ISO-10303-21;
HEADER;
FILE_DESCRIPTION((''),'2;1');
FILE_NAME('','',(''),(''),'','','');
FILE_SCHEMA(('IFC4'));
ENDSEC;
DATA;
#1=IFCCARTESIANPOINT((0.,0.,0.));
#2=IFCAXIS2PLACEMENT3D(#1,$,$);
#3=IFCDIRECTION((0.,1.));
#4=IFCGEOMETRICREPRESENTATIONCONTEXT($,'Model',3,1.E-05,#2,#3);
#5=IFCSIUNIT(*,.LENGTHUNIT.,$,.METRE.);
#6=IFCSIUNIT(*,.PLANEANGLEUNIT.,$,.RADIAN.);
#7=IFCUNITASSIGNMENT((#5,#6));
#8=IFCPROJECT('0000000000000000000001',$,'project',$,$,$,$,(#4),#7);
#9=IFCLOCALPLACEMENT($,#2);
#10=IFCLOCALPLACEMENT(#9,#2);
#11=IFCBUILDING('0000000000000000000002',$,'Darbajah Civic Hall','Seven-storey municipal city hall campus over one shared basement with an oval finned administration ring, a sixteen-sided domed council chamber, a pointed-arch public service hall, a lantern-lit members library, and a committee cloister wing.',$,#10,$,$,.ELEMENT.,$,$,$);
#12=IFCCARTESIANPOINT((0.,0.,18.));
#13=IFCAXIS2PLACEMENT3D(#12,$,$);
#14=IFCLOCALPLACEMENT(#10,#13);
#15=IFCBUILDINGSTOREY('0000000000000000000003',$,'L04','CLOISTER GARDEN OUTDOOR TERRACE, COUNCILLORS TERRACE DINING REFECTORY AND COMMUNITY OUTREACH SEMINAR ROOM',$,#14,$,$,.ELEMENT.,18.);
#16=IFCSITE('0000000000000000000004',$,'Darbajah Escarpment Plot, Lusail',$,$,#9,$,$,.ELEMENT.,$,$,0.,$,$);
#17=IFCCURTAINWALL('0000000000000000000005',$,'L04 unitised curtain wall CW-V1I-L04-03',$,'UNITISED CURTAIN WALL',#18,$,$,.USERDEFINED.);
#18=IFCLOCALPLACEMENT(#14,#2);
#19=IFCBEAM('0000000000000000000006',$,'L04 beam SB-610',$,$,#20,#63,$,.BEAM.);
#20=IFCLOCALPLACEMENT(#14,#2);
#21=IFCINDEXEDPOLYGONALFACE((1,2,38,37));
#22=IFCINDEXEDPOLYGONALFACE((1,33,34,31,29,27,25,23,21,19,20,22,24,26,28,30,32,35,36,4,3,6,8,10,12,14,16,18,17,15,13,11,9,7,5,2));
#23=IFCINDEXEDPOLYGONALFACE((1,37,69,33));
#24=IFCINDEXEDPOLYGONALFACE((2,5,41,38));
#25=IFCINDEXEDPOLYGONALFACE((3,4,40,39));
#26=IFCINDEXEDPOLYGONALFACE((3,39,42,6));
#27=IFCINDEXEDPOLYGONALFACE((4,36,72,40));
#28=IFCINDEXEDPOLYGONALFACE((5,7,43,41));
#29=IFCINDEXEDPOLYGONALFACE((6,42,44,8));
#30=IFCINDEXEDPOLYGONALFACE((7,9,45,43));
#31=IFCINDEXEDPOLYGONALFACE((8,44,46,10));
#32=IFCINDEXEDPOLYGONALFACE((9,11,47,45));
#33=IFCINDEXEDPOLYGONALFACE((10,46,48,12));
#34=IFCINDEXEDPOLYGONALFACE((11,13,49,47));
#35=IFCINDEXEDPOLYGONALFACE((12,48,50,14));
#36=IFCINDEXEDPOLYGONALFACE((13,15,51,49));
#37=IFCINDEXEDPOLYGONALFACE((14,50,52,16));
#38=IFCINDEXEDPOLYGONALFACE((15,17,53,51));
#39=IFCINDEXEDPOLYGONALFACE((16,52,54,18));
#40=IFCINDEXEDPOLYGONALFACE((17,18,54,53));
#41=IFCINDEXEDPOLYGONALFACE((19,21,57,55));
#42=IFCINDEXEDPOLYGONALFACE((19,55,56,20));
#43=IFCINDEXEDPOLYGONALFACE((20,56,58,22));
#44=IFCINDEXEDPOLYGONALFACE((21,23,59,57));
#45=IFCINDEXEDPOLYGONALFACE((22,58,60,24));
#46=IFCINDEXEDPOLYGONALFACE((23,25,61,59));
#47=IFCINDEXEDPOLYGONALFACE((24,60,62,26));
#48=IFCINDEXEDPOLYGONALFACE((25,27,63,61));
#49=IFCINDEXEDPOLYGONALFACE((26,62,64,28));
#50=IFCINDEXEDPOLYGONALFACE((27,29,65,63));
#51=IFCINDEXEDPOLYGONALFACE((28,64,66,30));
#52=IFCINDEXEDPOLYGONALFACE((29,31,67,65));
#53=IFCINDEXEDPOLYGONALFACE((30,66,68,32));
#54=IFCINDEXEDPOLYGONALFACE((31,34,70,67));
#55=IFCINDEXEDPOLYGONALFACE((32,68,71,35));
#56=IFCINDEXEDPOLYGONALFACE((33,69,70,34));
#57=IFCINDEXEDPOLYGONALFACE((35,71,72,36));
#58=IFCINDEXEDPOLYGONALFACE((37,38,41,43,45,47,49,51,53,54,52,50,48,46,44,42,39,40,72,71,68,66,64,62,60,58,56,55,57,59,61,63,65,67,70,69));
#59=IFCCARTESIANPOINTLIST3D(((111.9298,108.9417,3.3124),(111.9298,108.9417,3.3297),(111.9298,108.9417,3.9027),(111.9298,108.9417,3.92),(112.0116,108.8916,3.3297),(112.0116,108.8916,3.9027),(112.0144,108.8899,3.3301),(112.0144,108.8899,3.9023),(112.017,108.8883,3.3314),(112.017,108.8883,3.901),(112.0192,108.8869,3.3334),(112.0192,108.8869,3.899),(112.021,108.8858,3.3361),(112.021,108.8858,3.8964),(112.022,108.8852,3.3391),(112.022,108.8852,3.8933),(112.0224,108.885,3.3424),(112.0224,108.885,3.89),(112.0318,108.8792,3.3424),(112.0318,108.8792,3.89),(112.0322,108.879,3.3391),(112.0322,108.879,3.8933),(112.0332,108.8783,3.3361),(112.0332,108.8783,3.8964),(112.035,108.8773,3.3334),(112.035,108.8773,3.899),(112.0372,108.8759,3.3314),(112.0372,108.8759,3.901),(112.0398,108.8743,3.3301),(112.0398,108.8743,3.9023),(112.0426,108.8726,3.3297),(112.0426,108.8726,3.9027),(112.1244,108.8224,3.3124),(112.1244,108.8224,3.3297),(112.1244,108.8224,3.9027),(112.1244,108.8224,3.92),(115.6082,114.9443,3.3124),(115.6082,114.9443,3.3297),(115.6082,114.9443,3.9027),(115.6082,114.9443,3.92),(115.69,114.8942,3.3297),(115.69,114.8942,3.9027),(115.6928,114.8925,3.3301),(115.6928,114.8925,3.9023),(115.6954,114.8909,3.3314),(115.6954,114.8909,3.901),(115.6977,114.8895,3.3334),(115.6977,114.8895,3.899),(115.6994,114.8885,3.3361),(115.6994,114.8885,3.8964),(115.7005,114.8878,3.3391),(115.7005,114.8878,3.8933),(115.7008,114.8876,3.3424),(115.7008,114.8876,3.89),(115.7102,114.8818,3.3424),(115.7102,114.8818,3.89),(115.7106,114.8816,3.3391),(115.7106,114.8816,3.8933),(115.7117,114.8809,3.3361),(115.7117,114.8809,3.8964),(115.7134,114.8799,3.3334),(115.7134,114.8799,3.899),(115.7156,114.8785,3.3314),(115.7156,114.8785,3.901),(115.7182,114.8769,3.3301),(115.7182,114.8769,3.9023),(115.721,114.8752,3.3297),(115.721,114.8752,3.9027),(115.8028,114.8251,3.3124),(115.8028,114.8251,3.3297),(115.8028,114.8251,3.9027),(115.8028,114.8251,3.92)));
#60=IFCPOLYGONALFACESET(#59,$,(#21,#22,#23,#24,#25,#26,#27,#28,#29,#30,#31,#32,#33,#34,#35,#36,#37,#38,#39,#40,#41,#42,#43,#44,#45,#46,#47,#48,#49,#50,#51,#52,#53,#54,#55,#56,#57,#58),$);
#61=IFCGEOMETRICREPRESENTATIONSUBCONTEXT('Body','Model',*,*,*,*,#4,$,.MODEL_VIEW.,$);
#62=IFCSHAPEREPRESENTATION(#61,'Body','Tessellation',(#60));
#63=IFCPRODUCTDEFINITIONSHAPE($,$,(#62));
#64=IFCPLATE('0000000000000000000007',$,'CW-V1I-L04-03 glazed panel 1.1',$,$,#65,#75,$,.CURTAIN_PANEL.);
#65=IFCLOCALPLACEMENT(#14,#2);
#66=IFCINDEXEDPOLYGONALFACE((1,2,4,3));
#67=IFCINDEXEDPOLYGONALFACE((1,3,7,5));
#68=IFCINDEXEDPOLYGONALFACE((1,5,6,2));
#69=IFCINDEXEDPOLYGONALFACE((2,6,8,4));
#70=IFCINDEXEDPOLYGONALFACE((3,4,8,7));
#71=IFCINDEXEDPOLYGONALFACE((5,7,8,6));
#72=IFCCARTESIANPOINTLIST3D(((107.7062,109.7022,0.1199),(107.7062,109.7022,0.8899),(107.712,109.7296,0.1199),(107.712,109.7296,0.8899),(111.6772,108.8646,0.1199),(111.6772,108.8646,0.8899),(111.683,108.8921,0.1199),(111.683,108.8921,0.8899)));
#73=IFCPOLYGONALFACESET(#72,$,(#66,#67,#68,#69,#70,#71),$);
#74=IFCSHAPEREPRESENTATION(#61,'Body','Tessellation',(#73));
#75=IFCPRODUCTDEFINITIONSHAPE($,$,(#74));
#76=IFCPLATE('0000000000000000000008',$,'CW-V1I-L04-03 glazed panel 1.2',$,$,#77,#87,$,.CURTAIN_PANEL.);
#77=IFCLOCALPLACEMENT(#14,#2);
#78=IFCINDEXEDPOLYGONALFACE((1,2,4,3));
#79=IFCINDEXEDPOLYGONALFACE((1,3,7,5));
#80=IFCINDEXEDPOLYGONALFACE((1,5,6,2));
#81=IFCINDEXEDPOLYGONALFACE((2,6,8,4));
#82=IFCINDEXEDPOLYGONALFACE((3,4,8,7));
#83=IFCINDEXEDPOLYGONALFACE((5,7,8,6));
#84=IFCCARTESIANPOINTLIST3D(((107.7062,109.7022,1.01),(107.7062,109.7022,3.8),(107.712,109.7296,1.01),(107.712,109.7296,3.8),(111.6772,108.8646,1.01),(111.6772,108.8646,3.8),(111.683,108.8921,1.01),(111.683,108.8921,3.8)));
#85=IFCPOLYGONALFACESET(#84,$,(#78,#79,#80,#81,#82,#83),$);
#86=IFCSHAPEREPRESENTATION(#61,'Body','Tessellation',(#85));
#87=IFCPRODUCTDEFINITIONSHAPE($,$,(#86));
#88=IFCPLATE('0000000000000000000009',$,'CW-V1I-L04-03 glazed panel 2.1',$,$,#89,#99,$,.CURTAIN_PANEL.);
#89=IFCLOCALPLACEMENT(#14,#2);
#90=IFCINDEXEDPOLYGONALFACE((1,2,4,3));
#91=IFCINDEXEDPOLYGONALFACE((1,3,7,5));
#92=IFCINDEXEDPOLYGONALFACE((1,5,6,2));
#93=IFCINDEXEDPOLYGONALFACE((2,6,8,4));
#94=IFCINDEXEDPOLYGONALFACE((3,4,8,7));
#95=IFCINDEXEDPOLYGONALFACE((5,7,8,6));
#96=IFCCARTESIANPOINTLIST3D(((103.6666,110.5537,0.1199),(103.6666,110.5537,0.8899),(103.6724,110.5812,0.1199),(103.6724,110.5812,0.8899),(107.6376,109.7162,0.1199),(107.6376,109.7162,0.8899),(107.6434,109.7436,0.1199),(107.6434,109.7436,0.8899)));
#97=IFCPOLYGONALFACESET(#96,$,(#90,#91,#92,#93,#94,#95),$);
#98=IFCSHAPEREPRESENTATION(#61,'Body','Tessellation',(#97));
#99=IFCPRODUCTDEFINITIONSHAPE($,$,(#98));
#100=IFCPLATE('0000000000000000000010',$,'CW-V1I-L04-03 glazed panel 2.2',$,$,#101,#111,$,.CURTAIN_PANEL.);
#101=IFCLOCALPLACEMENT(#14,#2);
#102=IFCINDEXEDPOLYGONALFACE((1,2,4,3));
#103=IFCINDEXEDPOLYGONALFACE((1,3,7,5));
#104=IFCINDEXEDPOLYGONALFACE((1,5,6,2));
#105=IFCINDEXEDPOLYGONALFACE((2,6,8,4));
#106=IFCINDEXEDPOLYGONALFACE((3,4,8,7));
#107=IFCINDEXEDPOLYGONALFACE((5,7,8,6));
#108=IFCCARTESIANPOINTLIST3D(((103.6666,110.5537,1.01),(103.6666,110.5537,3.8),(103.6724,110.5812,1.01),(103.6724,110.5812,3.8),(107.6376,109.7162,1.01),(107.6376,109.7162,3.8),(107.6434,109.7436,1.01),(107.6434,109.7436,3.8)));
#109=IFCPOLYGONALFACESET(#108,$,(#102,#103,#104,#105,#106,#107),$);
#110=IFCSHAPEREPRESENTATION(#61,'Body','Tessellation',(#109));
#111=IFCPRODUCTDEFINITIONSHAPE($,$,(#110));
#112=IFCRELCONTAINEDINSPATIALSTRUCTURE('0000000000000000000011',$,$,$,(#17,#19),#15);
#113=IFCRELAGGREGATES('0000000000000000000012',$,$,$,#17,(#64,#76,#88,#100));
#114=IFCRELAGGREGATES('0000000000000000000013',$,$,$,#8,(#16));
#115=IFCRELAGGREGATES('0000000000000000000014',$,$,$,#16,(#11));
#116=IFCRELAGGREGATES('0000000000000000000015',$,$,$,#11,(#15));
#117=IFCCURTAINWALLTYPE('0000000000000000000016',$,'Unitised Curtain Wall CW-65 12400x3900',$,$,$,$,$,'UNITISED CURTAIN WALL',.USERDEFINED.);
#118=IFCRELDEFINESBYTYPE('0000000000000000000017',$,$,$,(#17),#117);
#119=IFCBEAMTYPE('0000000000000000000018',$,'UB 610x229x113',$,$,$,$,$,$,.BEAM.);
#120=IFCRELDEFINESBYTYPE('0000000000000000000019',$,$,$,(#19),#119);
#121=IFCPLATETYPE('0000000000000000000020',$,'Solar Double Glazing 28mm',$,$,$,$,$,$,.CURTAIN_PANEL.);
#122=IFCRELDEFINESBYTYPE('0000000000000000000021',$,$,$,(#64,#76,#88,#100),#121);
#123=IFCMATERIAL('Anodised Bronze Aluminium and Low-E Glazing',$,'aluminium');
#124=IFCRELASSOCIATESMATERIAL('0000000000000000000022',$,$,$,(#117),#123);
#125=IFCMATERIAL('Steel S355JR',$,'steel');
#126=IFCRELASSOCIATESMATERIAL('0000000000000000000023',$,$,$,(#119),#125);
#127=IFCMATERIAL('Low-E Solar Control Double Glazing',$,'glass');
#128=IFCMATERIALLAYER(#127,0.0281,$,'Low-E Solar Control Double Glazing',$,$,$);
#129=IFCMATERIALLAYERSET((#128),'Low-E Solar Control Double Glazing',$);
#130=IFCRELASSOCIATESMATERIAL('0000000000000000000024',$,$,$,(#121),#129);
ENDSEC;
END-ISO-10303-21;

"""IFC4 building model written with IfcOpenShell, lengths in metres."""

from ifc_helpers import new_model, si_unit, direction, frame, origin, origin_2d, place, context, subcontext, project, spatial, rectangle, i_section, extrude, material, layer, layer_set, material_profile, profile_set, type_object, element, aggregate, save


model = new_model("IFC4")

# Units and contexts
model_context = context("Model", 3, precision=1e-05, world=origin(), true_north=direction((0.0, 1.0)))
body_context = subcontext(model_context, "Body", "Model", "MODEL_VIEW")
ifc_project = project(units=[si_unit("LENGTHUNIT", "METRE"), si_unit("PLANEANGLEUNIT", "RADIAN")], contexts=[model_context])

# Site, building, storey
site_placement = place(None, origin())
site = spatial("IfcSite", under=ifc_project, at=site_placement, Name="Darbajah Escarpment Plot, Lusail", CompositionType="ELEMENT", RefElevation=0.0)
building_placement = place(site_placement, origin())
building = spatial("IfcBuilding", under=site, at=building_placement, Name="Darbajah Civic Hall", Description="Seven-storey municipal city hall campus over one shared basement with an oval finned administration ring, a sixteen-sided domed council chamber, a pointed-arch public service hall, a lantern-lit members library, and a committee cloister wing.", CompositionType="ELEMENT")
storey_placement = place(building_placement, frame((0.0, 0.0, 18.0)))
storey = spatial("IfcBuildingStorey", under=building, at=storey_placement, Name="L04", Description="CLOISTER GARDEN OUTDOOR TERRACE, COUNCILLORS TERRACE DINING REFECTORY AND COMMUNITY OUTREACH SEMINAR ROOM", CompositionType="ELEMENT", Elevation=18.0)

# Curtain wall
ifc_material_1 = material(Name="Anodised Bronze Aluminium and Low-E Glazing", Category="aluminium")
curtain_wall_type = type_object("IfcCurtainWallType", Name="Unitised Curtain Wall CW-65 12400x3900", ElementType="UNITISED CURTAIN WALL", PredefinedType="USERDEFINED", material=ifc_material_1)
curtain_wall_placement = place(storey_placement, origin())
curtain_wall = element("IfcCurtainWall", 1, at=curtain_wall_placement, inside=storey, type_object=curtain_wall_type, Name="L04 unitised curtain wall CW-V1I-L04-03", ObjectType="UNITISED CURTAIN WALL", PredefinedType="USERDEFINED")

# Beam
ifc_material_2 = material(Name="Steel S355JR", Category="steel")
ifc_material_profile_1 = material_profile(ifc_material_2, i_section(OverallWidth=0.2283, OverallDepth=0.6077, WebThickness=0.011, FlangeThickness=0.0173, FilletRadius=0.0127, at=origin_2d()), Name="UB 610x229x113")
ifc_profile_set_1 = profile_set([ifc_material_profile_1], Name="Steel S355JR")
beam_type_1 = type_object("IfcBeamType", Name="UB 610x229x113", PredefinedType="BEAM", material=ifc_profile_set_1)
beam_1_placement = place(storey_placement, frame((112.0271, 108.8821, 3.6162), z_axis=(0.5225, 0.852639, 0.0), x_axis=(-0.852639, 0.5225, 0.0)))
element("IfcBeam", 2, at=beam_1_placement, inside=storey, type_object=beam_type_1, Name="L04 beam SB-610", PredefinedType="BEAM", context=body_context, shape_type="SweptSolid", body=[
    extrude(i_section(OverallWidth=0.2283, OverallDepth=0.6077, WebThickness=0.011, FlangeThickness=0.0173, FilletRadius=0.0127, at=origin_2d()), origin(), (0.0, 0.0, 1.0), 7.04),
])

# Plates
ifc_material_3 = material(Name="Low-E Solar Control Double Glazing", Category="glass")
ifc_layer = layer(ifc_material_3, 0.0281, Name="Low-E Solar Control Double Glazing")
ifc_layer_set = layer_set([ifc_layer], Name="Low-E Solar Control Double Glazing")
plate_type = type_object("IfcPlateType", Name="Solar Double Glazing 28mm", PredefinedType="CURTAIN_PANEL", material=ifc_layer_set)
plate_1_placement = place(storey_placement, frame((109.6946, 109.2971, 0.1199), z_axis=(0.0, 0.0, 1.0), x_axis=(-0.978473, 0.206375, 0.0)))
plate_1 = element("IfcPlate", 3, at=plate_1_placement, type_object=plate_type, Name="CW-V1I-L04-03 glazed panel 1.1", PredefinedType="CURTAIN_PANEL", context=body_context, shape_type="SweptSolid", body=[
    extrude(rectangle(XDim=4.0583, YDim=0.0281, at=origin_2d()), origin(), (0.0, 0.0, 1.0), 0.77),
])
plate_2_placement = place(storey_placement, frame((109.6946, 109.2971, 1.01), z_axis=(0.0, 0.0, 1.0), x_axis=(-0.978473, 0.206375, 0.0)))
plate_2 = element("IfcPlate", 4, at=plate_2_placement, type_object=plate_type, Name="CW-V1I-L04-03 glazed panel 1.2", PredefinedType="CURTAIN_PANEL", context=body_context, shape_type="SweptSolid", body=[
    extrude(rectangle(XDim=4.0583, YDim=0.0281, at=origin_2d()), origin(), (0.0, 0.0, 1.0), 2.79),
])
plate_3_placement = place(storey_placement, frame((105.655, 110.1487, 0.1199), z_axis=(0.0, 0.0, 1.0), x_axis=(-0.978473, 0.206375, 0.0)))
plate_3 = element("IfcPlate", 5, at=plate_3_placement, type_object=plate_type, Name="CW-V1I-L04-03 glazed panel 2.1", PredefinedType="CURTAIN_PANEL", context=body_context, shape_type="SweptSolid", body=[
    extrude(rectangle(XDim=4.0583, YDim=0.0281, at=origin_2d()), origin(), (0.0, 0.0, 1.0), 0.77),
])
plate_4_placement = place(storey_placement, frame((105.655, 110.1487, 1.01), z_axis=(0.0, 0.0, 1.0), x_axis=(-0.978473, 0.206375, 0.0)))
plate_4 = element("IfcPlate", 6, at=plate_4_placement, type_object=plate_type, Name="CW-V1I-L04-03 glazed panel 2.2", PredefinedType="CURTAIN_PANEL", context=body_context, shape_type="SweptSolid", body=[
    extrude(rectangle(XDim=4.0583, YDim=0.0281, at=origin_2d()), origin(), (0.0, 0.0, 1.0), 2.79),
])
aggregate(curtain_wall, [plate_1, plate_2, plate_3, plate_4])

save(model, "model.ifc")
